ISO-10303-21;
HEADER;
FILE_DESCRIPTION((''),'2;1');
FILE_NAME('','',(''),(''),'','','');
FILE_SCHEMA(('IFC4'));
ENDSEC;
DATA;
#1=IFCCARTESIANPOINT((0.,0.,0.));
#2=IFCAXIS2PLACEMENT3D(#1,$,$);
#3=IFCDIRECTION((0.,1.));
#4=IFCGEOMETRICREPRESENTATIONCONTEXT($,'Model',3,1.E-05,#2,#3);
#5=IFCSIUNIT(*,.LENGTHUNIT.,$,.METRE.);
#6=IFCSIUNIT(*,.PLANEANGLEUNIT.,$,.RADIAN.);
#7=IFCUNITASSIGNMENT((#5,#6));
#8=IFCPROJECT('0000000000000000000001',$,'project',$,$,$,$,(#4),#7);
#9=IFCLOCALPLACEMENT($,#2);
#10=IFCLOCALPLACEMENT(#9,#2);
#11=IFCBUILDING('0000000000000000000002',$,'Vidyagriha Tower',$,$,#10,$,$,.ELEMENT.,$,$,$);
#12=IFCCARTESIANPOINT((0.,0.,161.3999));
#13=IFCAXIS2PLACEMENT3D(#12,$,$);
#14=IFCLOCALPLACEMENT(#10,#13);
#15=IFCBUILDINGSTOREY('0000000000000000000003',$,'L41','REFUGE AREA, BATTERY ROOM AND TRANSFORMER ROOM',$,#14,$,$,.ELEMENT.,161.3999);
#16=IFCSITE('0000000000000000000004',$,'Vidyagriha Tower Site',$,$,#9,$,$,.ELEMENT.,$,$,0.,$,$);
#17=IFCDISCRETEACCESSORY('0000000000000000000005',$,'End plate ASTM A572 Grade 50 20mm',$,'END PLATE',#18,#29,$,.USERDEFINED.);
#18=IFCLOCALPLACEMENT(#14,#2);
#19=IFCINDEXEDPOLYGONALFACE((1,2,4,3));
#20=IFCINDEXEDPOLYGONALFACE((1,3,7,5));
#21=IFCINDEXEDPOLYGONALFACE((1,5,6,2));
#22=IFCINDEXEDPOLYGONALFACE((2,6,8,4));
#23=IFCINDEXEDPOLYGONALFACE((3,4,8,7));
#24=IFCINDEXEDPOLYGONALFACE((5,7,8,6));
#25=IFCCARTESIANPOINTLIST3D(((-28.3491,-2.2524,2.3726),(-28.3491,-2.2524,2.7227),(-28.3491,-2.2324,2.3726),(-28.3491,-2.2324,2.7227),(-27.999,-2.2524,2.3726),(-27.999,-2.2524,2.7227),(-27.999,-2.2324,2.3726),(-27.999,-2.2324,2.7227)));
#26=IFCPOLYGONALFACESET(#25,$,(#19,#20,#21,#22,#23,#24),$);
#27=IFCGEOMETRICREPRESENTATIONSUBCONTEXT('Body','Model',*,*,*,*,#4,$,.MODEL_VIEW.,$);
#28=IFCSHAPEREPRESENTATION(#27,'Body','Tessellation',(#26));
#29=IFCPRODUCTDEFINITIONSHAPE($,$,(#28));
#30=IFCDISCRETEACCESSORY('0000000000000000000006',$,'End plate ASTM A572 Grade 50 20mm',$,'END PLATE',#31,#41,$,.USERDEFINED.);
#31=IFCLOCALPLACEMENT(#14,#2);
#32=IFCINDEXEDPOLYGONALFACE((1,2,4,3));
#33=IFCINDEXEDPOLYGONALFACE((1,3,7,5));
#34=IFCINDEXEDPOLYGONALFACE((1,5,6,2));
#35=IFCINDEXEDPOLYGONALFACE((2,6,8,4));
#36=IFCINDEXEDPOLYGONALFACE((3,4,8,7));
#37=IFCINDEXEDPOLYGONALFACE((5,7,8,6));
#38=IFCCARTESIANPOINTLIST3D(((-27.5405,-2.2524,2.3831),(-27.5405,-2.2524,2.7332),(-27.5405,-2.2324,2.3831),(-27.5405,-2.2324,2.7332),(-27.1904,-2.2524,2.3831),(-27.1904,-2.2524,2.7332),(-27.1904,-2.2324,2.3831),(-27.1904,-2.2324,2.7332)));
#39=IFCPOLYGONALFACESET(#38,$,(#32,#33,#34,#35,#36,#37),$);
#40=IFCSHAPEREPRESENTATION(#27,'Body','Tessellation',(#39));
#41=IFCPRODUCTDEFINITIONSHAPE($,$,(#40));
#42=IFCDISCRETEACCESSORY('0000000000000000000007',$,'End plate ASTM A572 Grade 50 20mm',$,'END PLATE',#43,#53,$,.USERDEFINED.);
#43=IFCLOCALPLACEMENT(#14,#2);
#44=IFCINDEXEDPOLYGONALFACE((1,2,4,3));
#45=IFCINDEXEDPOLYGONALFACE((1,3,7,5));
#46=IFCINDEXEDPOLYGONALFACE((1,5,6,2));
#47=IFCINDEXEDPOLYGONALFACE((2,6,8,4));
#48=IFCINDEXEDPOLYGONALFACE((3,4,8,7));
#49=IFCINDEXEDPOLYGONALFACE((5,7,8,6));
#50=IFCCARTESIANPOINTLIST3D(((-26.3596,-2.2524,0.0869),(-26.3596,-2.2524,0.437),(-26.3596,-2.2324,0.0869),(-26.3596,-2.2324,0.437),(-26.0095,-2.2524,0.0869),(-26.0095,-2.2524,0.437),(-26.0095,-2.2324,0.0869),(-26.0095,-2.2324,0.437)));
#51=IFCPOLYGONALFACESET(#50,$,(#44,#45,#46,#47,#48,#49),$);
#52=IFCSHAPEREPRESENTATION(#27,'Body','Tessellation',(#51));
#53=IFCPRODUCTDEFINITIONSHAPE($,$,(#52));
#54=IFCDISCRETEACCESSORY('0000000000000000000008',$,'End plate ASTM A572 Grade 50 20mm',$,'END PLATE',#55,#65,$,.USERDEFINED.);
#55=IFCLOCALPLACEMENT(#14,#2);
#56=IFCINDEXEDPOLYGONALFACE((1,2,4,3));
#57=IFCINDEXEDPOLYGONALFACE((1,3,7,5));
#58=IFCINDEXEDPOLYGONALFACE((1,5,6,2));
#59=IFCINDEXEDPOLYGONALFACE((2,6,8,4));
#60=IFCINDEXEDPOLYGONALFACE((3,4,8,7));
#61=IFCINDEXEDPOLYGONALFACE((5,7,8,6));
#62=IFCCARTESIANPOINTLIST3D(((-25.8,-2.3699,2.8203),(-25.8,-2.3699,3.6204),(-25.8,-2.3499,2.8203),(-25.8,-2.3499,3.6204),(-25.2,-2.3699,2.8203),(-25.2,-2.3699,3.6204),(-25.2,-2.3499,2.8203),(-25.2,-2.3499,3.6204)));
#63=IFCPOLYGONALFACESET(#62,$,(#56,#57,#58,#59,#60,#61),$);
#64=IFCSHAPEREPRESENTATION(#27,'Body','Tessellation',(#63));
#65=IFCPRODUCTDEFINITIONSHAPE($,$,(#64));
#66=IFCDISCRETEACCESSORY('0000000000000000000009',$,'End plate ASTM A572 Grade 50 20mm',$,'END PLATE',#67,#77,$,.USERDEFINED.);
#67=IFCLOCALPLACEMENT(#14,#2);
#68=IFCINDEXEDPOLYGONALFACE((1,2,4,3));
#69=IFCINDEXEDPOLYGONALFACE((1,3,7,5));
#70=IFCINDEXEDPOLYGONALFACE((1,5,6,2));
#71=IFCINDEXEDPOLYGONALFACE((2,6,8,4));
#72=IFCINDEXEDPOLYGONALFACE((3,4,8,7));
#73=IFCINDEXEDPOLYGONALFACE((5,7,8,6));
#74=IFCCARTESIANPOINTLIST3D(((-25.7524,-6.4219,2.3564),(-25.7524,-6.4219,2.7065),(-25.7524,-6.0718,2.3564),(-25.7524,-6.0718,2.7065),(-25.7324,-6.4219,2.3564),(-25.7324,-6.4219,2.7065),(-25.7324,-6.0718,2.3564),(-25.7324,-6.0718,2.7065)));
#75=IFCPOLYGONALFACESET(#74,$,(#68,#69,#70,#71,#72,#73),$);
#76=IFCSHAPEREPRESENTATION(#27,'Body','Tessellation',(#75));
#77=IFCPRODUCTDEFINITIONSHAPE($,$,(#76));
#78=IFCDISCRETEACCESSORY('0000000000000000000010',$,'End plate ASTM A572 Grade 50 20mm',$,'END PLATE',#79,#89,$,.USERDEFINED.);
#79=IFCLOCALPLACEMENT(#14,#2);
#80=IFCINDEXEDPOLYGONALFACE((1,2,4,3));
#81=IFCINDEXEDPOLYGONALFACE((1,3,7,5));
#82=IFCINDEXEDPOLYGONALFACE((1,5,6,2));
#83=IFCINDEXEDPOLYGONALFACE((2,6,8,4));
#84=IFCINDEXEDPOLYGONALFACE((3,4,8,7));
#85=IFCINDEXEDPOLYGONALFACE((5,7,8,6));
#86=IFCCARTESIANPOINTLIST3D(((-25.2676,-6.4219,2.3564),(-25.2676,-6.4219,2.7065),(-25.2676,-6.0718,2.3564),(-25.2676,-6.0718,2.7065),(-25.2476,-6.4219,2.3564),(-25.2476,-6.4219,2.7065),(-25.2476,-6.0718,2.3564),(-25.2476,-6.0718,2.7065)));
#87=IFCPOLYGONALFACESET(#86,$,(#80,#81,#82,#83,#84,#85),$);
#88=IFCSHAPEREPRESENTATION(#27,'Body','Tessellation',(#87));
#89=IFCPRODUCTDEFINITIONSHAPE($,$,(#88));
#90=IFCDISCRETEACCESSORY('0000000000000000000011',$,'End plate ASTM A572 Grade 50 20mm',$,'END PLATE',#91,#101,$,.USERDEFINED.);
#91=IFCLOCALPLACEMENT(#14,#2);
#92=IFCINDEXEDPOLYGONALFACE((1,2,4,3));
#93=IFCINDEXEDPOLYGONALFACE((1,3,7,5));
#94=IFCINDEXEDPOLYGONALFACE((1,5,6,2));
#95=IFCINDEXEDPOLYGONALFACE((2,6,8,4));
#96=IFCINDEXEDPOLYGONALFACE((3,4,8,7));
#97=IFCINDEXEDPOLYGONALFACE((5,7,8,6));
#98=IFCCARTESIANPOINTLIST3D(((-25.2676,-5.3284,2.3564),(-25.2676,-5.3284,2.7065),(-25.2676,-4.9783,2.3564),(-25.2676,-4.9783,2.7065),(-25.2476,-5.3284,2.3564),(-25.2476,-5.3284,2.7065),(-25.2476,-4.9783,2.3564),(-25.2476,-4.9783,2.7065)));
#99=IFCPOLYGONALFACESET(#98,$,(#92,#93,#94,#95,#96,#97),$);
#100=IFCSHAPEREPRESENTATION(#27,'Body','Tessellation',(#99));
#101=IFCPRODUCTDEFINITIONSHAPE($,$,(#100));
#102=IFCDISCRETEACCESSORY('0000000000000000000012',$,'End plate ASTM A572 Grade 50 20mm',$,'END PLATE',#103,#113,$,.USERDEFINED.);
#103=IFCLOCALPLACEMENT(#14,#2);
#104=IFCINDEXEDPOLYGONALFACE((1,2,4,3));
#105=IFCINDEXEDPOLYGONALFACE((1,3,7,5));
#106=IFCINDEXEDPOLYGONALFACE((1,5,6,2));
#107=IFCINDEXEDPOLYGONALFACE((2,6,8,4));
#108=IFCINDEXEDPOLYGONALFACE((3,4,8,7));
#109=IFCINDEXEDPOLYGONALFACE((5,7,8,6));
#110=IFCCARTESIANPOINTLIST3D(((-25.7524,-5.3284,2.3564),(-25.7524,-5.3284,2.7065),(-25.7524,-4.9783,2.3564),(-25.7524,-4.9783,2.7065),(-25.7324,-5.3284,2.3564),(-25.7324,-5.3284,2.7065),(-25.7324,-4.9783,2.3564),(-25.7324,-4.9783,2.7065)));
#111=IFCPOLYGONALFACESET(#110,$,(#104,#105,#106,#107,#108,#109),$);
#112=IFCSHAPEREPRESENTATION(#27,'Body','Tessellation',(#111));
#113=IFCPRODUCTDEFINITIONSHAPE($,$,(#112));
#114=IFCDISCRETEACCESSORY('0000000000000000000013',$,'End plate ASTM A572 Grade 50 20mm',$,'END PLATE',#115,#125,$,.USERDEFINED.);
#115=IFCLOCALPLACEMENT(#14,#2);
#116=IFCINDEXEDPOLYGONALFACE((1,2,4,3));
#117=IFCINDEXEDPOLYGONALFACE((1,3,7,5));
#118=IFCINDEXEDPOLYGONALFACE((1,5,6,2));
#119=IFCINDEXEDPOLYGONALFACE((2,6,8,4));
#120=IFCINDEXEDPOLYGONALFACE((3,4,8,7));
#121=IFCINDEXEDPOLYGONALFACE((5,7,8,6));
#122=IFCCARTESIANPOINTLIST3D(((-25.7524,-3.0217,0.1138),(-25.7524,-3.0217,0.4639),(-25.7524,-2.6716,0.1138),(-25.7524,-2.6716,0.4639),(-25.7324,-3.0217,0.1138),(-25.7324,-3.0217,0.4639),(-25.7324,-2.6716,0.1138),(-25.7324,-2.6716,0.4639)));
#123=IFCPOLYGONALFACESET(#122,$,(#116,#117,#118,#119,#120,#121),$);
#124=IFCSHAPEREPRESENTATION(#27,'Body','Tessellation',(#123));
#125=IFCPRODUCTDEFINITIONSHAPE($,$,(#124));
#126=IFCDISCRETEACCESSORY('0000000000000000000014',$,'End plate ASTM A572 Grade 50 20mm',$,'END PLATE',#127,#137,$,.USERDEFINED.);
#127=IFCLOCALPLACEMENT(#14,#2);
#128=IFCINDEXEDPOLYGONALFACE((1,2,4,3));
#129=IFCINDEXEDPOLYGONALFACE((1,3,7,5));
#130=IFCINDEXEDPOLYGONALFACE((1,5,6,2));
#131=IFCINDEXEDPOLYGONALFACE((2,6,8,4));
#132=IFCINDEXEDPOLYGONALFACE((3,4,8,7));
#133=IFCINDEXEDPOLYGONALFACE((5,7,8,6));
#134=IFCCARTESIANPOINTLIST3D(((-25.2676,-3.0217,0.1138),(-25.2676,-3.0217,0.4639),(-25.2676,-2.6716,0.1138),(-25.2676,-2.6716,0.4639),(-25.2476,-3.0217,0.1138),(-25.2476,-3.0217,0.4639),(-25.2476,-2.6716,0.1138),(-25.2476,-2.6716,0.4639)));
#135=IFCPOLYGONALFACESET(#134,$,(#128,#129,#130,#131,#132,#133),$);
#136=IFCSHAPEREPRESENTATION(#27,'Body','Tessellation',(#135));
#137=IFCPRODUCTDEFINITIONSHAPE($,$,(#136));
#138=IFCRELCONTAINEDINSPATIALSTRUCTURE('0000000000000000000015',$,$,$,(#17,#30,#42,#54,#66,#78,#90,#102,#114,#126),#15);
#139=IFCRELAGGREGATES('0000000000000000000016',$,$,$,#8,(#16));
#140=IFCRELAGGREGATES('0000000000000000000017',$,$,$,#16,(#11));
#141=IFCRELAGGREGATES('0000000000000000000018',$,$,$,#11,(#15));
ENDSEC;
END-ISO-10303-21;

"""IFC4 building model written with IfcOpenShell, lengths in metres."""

from ifc_helpers import new_model, si_unit, direction, frame, origin, origin_2d, place, context, subcontext, project, spatial, rectangle, extrude, element, save


model = new_model("IFC4")

# Units and contexts
model_context = context("Model", 3, precision=1e-05, world=origin(), true_north=direction((0.0, 1.0)))
body_context = subcontext(model_context, "Body", "Model", "MODEL_VIEW")
ifc_project = project(units=[si_unit("LENGTHUNIT", "METRE"), si_unit("PLANEANGLEUNIT", "RADIAN")], contexts=[model_context])

# Site, building, storey
site_placement = place(None, origin())
site = spatial("IfcSite", under=ifc_project, at=site_placement, Name="Vidyagriha Tower Site", CompositionType="ELEMENT", RefElevation=0.0)
building_placement = place(site_placement, origin())
building = spatial("IfcBuilding", under=site, at=building_placement, Name="Vidyagriha Tower", CompositionType="ELEMENT")
storey_placement = place(building_placement, frame((0.0, 0.0, 161.3999)))
storey = spatial("IfcBuildingStorey", under=building, at=storey_placement, Name="L41", Description="REFUGE AREA, BATTERY ROOM AND TRANSFORMER ROOM", CompositionType="ELEMENT", Elevation=161.3999)

# Discrete accessories
discrete_accessory_1_placement = place(storey_placement, frame((-28.1741, -2.2424, 2.3726)))
element("IfcDiscreteAccessory", 1, at=discrete_accessory_1_placement, inside=storey, Name="End plate ASTM A572 Grade 50 20mm", ObjectType="END PLATE", PredefinedType="USERDEFINED", context=body_context, shape_type="SweptSolid", body=[
    extrude(rectangle(XDim=0.3501, YDim=0.02, at=origin_2d()), origin(), (0.0, 0.0, 1.0), 0.3501),
])
discrete_accessory_2_placement = place(storey_placement, frame((-27.3655, -2.2424, 2.3831), z_axis=(0.0, 0.0, 1.0), x_axis=(-1.0, 0.0, 0.0)))
element("IfcDiscreteAccessory", 2, at=discrete_accessory_2_placement, inside=storey, Name="End plate ASTM A572 Grade 50 20mm", ObjectType="END PLATE", PredefinedType="USERDEFINED", context=body_context, shape_type="SweptSolid", body=[
    extrude(rectangle(XDim=0.3501, YDim=0.02, at=origin_2d()), origin(), (0.0, 0.0, 1.0), 0.3501),
])
discrete_accessory_3_placement = place(storey_placement, frame((-26.1846, -2.2424, 0.0869)))
element("IfcDiscreteAccessory", 3, at=discrete_accessory_3_placement, inside=storey, Name="End plate ASTM A572 Grade 50 20mm", ObjectType="END PLATE", PredefinedType="USERDEFINED", context=body_context, shape_type="SweptSolid", body=[
    extrude(rectangle(XDim=0.3501, YDim=0.02, at=origin_2d()), origin(), (0.0, 0.0, 1.0), 0.3501),
])
discrete_accessory_4_placement = place(storey_placement, frame((-25.5, -2.3599, 2.8203), z_axis=(0.0, 0.0, 1.0), x_axis=(0.0, 1.0, 0.0)))
element("IfcDiscreteAccessory", 4, at=discrete_accessory_4_placement, inside=storey, Name="End plate ASTM A572 Grade 50 20mm", ObjectType="END PLATE", PredefinedType="USERDEFINED", context=body_context, shape_type="SweptSolid", body=[
    extrude(rectangle(XDim=0.02, YDim=0.6001, at=origin_2d()), origin(), (0.0, 0.0, 1.0), 0.8),
])
for number, where, z_axis, x_axis, name in (
    (5, (-25.7424, -6.2468, 2.3564), (0.0, 0.0, 1.0), (0.0, 1.0, 0.0), "End plate ASTM A572 Grade 50 20mm"),
    (6, (-25.2576, -6.2468, 2.3564), (0.0, 0.0, 1.0), (0.0, 1.0, 0.0), "End plate ASTM A572 Grade 50 20mm"),
    (7, (-25.2576, -5.1533, 2.3564), (0.0, 0.0, 1.0), (0.0, -1.0, 0.0), "End plate ASTM A572 Grade 50 20mm"),
    (8, (-25.7424, -5.1533, 2.3564), (0.0, 0.0, 1.0), (0.0, -1.0, 0.0), "End plate ASTM A572 Grade 50 20mm"),
    (9, (-25.7424, -2.8467, 0.1138), (0.0, 0.0, 1.0), (0.0, 1.0, 0.0), "End plate ASTM A572 Grade 50 20mm"),
    (10, (-25.2576, -2.8467, 0.1138), (0.0, 0.0, 1.0), (0.0, 1.0, 0.0), "End plate ASTM A572 Grade 50 20mm"),
):
    element("IfcDiscreteAccessory", number, at=place(storey_placement, frame(where, z_axis=z_axis, x_axis=x_axis)), inside=storey, Name=name, ObjectType="END PLATE", PredefinedType="USERDEFINED", context=body_context, shape_type="SweptSolid", body=[
        extrude(rectangle(XDim=0.3501, YDim=0.02, at=origin_2d()), origin(), (0.0, 0.0, 1.0), 0.3501),
    ])

save(model, "model.ifc")
